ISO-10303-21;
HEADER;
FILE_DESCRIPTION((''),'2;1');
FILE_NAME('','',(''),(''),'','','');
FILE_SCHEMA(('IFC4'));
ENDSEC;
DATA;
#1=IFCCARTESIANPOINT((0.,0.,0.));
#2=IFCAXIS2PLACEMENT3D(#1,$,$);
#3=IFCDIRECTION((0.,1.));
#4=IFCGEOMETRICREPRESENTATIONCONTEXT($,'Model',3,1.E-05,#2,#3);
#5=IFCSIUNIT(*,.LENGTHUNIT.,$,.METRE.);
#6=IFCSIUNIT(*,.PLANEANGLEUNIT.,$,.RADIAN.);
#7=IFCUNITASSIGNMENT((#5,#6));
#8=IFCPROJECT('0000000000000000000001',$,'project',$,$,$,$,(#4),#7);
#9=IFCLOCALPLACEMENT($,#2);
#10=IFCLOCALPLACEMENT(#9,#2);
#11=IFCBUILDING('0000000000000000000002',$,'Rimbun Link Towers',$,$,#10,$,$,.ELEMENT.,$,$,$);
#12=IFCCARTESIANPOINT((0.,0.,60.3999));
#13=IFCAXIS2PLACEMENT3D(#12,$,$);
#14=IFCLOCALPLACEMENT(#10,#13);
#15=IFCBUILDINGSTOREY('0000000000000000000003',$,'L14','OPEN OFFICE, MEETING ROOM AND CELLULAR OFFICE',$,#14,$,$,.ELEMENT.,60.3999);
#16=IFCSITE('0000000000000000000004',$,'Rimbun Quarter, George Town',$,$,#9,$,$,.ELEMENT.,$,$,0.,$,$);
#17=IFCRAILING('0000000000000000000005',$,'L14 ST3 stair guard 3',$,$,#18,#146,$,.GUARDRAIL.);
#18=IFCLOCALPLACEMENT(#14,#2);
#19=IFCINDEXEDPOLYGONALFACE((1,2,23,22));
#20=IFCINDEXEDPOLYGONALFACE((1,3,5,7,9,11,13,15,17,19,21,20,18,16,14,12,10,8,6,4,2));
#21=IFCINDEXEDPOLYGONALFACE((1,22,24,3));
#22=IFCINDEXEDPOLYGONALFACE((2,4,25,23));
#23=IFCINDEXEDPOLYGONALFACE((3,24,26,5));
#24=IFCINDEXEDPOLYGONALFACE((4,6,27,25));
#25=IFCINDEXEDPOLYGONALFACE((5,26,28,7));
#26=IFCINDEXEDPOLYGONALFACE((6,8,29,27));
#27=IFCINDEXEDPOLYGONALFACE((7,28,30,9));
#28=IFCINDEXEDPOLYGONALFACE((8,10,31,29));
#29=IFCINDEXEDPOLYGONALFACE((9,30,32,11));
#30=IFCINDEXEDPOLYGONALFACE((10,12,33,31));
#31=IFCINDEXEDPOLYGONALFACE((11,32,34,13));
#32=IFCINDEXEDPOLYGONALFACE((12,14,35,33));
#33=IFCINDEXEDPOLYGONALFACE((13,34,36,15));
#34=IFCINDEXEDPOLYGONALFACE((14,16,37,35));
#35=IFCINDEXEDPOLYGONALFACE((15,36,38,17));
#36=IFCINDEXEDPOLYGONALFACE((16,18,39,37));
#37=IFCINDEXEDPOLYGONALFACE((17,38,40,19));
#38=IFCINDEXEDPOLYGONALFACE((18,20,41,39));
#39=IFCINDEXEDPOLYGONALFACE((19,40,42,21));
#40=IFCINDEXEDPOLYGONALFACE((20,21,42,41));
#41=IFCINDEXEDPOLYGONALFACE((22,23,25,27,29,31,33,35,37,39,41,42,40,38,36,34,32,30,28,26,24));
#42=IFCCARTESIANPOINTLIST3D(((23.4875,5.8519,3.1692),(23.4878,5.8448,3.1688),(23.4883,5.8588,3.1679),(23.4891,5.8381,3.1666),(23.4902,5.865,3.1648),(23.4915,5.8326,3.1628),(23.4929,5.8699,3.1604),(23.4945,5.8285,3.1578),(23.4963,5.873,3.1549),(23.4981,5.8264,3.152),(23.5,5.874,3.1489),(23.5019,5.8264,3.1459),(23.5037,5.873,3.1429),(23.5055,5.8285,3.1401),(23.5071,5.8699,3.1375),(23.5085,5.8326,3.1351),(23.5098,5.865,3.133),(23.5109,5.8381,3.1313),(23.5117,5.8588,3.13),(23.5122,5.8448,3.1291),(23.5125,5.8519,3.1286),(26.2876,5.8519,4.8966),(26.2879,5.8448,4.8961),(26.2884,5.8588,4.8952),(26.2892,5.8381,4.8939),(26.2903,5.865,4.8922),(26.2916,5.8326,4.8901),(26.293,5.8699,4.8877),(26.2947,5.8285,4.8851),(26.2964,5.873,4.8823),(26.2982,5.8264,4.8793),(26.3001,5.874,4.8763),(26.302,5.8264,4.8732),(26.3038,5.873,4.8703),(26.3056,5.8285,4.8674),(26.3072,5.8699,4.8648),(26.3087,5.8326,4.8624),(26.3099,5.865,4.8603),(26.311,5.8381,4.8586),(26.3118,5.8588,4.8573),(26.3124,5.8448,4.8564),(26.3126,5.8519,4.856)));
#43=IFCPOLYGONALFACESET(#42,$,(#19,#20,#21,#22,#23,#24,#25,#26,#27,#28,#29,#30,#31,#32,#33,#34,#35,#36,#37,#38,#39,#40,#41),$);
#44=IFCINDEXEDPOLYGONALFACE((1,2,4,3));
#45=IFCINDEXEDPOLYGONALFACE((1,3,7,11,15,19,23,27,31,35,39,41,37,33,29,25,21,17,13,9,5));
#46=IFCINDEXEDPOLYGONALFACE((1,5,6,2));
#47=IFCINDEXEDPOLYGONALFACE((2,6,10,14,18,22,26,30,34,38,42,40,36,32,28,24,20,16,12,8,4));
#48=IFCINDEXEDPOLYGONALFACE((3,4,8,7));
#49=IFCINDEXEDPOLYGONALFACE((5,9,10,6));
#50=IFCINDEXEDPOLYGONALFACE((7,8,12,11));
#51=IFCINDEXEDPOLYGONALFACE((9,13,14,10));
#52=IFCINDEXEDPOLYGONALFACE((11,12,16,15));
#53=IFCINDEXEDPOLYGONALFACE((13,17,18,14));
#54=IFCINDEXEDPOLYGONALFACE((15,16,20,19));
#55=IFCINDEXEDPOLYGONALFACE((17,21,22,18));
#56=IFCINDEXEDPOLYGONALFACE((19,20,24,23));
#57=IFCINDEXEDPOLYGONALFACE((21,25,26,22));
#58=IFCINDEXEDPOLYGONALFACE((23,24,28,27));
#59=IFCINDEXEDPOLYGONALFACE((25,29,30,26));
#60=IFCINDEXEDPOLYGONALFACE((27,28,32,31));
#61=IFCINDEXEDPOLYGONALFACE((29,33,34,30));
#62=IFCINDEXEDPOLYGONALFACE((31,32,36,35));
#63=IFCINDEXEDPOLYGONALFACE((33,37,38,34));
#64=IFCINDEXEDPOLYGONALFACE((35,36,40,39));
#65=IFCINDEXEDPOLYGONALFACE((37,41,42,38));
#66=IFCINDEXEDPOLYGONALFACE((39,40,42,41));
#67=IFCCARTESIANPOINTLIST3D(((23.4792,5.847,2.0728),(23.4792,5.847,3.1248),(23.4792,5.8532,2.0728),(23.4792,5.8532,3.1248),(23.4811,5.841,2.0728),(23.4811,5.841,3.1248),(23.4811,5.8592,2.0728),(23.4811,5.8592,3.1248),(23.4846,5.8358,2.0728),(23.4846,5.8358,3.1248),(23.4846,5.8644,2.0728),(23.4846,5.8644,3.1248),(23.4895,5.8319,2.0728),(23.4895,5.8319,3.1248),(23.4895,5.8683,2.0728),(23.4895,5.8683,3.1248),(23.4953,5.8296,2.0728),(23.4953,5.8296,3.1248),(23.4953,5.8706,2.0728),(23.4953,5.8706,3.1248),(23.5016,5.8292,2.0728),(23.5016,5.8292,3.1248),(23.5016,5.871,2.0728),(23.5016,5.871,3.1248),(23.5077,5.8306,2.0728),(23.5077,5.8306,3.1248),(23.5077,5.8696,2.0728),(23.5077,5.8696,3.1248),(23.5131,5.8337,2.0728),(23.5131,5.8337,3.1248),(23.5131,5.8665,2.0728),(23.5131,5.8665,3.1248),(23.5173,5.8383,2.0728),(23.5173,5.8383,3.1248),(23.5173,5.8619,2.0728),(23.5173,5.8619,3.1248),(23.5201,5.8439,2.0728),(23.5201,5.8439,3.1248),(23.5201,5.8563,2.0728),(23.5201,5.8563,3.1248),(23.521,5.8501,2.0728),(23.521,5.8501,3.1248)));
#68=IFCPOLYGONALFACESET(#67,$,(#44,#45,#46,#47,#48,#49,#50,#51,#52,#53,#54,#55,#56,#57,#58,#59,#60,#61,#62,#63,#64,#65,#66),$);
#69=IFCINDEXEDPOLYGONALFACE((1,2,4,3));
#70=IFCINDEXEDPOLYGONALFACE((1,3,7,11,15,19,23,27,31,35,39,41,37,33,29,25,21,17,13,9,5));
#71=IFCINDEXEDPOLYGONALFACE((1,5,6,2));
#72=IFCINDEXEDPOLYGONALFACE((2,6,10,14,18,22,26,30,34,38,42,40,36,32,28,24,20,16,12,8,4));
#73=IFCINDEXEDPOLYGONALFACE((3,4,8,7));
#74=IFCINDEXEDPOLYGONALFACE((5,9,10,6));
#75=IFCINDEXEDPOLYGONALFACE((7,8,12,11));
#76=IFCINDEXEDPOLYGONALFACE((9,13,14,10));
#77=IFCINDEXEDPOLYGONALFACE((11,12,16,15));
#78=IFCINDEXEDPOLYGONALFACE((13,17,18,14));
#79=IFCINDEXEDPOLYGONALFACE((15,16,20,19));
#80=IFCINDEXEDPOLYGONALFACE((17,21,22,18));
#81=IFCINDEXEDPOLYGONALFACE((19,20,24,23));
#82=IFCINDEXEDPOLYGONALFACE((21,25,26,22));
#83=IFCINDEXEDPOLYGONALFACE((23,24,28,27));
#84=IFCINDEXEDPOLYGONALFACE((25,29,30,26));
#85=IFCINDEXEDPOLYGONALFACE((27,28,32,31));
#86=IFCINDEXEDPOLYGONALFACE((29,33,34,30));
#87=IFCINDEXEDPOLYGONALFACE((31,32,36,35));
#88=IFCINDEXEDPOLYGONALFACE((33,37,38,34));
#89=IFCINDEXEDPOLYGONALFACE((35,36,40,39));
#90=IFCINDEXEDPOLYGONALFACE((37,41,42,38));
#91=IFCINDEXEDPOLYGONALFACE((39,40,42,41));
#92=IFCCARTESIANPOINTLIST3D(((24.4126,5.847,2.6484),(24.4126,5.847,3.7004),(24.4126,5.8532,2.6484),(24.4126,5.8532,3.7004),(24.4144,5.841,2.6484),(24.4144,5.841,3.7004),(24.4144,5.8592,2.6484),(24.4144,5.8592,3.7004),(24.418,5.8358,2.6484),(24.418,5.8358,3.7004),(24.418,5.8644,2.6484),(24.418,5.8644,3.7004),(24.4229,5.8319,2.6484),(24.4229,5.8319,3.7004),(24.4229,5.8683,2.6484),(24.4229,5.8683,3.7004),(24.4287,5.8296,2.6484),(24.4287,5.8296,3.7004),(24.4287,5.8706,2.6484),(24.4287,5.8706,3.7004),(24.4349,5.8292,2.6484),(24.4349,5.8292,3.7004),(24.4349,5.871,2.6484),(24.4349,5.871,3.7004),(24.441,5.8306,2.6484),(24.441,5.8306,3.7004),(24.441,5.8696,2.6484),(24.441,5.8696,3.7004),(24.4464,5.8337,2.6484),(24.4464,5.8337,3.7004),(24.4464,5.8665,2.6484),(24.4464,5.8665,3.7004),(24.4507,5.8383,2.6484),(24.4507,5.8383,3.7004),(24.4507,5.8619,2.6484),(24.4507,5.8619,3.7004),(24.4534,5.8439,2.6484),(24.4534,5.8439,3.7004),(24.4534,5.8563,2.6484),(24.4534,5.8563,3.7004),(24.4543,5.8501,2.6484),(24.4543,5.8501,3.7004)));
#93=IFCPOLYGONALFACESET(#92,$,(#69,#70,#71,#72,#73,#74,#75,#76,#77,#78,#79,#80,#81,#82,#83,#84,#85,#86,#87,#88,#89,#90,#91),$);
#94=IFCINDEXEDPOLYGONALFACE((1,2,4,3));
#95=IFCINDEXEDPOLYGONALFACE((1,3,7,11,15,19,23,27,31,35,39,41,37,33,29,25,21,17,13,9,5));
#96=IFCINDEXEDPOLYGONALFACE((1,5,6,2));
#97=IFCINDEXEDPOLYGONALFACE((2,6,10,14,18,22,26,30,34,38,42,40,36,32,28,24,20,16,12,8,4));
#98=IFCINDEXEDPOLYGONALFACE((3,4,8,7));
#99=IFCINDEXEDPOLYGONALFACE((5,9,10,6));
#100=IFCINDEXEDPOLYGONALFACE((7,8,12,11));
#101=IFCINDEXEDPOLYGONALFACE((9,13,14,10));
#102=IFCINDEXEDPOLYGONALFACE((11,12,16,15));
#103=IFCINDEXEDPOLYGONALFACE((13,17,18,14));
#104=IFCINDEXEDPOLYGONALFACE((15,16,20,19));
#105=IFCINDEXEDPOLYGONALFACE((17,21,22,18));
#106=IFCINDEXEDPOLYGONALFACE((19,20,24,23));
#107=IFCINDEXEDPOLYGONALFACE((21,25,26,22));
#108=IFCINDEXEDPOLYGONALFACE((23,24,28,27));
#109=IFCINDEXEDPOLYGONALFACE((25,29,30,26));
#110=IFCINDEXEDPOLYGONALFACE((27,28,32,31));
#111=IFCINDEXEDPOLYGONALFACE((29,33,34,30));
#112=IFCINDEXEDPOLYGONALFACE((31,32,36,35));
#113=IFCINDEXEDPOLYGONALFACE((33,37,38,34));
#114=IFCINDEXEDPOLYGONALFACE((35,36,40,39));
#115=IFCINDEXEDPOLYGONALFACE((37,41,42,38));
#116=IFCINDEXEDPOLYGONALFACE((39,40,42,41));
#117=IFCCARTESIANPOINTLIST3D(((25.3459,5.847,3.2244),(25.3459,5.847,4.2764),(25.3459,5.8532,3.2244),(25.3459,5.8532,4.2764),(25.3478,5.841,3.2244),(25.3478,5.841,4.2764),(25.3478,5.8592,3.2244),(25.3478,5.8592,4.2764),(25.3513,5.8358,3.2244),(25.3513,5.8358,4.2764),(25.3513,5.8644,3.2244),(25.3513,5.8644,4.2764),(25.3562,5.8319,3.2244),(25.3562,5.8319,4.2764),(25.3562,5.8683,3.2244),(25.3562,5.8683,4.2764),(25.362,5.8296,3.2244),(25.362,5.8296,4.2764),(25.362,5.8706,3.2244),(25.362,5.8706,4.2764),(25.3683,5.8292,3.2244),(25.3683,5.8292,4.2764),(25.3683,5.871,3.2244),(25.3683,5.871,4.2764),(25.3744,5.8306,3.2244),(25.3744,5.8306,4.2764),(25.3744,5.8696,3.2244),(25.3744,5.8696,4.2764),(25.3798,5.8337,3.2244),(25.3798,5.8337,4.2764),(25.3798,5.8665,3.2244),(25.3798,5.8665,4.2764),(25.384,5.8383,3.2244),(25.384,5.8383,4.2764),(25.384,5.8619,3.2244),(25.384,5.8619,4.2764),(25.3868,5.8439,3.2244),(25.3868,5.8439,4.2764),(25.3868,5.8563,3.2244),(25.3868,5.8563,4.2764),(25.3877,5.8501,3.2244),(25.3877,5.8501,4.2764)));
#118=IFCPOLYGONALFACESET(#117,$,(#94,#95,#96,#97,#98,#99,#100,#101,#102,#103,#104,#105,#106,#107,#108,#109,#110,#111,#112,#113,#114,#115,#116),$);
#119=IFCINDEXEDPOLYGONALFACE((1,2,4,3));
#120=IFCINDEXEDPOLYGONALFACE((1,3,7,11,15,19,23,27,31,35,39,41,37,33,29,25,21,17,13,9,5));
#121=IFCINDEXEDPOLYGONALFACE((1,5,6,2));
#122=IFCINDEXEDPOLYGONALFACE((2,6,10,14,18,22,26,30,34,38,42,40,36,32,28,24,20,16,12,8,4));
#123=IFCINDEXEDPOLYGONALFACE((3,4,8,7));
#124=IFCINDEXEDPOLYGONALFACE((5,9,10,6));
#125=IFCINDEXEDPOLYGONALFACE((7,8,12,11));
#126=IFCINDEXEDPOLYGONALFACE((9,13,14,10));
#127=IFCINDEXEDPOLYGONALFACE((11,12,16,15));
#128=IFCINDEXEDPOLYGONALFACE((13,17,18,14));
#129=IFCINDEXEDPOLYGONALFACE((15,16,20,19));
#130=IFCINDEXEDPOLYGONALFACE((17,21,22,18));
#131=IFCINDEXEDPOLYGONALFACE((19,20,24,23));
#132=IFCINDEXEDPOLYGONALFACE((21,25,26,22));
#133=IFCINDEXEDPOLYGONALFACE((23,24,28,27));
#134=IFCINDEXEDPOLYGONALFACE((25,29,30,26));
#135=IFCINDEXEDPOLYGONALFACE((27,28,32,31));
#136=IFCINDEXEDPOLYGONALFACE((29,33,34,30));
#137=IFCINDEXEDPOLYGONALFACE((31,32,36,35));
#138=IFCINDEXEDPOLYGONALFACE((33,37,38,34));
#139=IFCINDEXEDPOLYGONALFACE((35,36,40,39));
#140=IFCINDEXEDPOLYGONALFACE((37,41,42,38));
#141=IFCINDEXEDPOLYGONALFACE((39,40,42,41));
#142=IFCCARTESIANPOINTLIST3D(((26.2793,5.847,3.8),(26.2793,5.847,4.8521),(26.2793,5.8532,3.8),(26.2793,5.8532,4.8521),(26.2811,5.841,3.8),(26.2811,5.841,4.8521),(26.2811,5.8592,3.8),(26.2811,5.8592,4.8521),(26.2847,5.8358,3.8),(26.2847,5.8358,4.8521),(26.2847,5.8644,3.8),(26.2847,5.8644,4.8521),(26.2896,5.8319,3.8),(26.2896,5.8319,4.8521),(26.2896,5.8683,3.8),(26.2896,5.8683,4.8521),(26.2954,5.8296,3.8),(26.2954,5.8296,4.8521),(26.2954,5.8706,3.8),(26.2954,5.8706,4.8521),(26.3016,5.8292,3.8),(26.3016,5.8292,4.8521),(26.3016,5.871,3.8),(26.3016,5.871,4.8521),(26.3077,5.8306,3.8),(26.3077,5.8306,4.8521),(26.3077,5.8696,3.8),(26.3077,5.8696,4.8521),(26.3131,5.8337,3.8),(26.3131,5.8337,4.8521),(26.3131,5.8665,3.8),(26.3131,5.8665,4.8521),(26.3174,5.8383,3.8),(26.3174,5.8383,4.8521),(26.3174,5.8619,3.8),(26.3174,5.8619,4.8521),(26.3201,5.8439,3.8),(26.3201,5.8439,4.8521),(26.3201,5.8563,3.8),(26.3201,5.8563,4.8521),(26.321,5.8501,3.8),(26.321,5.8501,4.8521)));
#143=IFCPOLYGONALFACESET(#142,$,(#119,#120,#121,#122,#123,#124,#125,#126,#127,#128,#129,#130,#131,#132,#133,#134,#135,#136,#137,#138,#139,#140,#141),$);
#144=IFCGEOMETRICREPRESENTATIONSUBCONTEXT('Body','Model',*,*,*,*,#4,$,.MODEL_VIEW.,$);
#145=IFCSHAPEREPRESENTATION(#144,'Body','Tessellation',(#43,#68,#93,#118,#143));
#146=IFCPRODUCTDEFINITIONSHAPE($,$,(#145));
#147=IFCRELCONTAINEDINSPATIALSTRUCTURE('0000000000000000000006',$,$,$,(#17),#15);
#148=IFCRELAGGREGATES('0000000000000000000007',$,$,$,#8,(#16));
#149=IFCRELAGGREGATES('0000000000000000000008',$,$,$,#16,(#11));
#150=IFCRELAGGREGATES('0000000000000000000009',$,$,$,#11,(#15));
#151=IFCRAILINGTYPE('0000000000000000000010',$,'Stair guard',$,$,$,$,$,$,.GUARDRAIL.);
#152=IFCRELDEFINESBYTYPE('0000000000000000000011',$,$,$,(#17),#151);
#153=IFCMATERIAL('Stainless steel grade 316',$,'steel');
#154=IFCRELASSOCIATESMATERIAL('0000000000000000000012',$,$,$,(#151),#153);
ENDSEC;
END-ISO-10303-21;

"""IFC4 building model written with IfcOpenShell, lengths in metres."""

from ifc_helpers import new_model, si_unit, direction, frame, origin, origin_2d, place, context, subcontext, project, spatial, circle, extrude, material, type_object, element, save


model = new_model("IFC4")

# Units and contexts
model_context = context("Model", 3, precision=1e-05, world=origin(), true_north=direction((0.0, 1.0)))
body_context = subcontext(model_context, "Body", "Model", "MODEL_VIEW")
ifc_project = project(units=[si_unit("LENGTHUNIT", "METRE"), si_unit("PLANEANGLEUNIT", "RADIAN")], contexts=[model_context])

# Site, building, storey
site_placement = place(None, origin())
site = spatial("IfcSite", under=ifc_project, at=site_placement, Name="Rimbun Quarter, George Town", CompositionType="ELEMENT", RefElevation=0.0)
building_placement = place(site_placement, origin())
building = spatial("IfcBuilding", under=site, at=building_placement, Name="Rimbun Link Towers", CompositionType="ELEMENT")
storey_placement = place(building_placement, frame((0.0, 0.0, 60.3999)))
storey = spatial("IfcBuildingStorey", under=building, at=storey_placement, Name="L14", Description="OPEN OFFICE, MEETING ROOM AND CELLULAR OFFICE", CompositionType="ELEMENT", Elevation=60.3999)

# Railing
ifc_material_1 = material(Name="Stainless steel grade 316", Category="steel")
railing_type_1 = type_object("IfcRailingType", Name="Stair guard", PredefinedType="GUARDRAIL", material=ifc_material_1)
railing_1_placement = place(storey_placement, frame((23.5, 5.8501, 2.0728)))
element("IfcRailing", 1, at=railing_1_placement, inside=storey, type_object=railing_type_1, Name="L14 ST3 stair guard 3", PredefinedType="GUARDRAIL", context=body_context, shape_type="SweptSolid", body=[
    extrude(circle(Radius=0.0239, at=origin_2d()), frame((0.0, 0.0, 1.0762), z_axis=(0.85109, 0.0, 0.52502), x_axis=(0.0, 1.0, 0.0)), (0.0, 0.0, 1.0), 3.29),
    extrude(circle(Radius=0.021, at=origin_2d()), origin(), (0.0, 0.0, 1.0), 1.052),
    extrude(circle(Radius=0.021, at=origin_2d()), frame((0.9333, 0.0, 0.5757)), (0.0, 0.0, 1.0), 1.052),
    extrude(circle(Radius=0.021, at=origin_2d()), frame((1.8667, 0.0, 1.1516)), (0.0, 0.0, 1.0), 1.052),
    extrude(circle(Radius=0.021, at=origin_2d()), frame((2.8, 0.0, 1.7273)), (0.0, 0.0, 1.0), 1.052),
])

save(model, "model.ifc")
